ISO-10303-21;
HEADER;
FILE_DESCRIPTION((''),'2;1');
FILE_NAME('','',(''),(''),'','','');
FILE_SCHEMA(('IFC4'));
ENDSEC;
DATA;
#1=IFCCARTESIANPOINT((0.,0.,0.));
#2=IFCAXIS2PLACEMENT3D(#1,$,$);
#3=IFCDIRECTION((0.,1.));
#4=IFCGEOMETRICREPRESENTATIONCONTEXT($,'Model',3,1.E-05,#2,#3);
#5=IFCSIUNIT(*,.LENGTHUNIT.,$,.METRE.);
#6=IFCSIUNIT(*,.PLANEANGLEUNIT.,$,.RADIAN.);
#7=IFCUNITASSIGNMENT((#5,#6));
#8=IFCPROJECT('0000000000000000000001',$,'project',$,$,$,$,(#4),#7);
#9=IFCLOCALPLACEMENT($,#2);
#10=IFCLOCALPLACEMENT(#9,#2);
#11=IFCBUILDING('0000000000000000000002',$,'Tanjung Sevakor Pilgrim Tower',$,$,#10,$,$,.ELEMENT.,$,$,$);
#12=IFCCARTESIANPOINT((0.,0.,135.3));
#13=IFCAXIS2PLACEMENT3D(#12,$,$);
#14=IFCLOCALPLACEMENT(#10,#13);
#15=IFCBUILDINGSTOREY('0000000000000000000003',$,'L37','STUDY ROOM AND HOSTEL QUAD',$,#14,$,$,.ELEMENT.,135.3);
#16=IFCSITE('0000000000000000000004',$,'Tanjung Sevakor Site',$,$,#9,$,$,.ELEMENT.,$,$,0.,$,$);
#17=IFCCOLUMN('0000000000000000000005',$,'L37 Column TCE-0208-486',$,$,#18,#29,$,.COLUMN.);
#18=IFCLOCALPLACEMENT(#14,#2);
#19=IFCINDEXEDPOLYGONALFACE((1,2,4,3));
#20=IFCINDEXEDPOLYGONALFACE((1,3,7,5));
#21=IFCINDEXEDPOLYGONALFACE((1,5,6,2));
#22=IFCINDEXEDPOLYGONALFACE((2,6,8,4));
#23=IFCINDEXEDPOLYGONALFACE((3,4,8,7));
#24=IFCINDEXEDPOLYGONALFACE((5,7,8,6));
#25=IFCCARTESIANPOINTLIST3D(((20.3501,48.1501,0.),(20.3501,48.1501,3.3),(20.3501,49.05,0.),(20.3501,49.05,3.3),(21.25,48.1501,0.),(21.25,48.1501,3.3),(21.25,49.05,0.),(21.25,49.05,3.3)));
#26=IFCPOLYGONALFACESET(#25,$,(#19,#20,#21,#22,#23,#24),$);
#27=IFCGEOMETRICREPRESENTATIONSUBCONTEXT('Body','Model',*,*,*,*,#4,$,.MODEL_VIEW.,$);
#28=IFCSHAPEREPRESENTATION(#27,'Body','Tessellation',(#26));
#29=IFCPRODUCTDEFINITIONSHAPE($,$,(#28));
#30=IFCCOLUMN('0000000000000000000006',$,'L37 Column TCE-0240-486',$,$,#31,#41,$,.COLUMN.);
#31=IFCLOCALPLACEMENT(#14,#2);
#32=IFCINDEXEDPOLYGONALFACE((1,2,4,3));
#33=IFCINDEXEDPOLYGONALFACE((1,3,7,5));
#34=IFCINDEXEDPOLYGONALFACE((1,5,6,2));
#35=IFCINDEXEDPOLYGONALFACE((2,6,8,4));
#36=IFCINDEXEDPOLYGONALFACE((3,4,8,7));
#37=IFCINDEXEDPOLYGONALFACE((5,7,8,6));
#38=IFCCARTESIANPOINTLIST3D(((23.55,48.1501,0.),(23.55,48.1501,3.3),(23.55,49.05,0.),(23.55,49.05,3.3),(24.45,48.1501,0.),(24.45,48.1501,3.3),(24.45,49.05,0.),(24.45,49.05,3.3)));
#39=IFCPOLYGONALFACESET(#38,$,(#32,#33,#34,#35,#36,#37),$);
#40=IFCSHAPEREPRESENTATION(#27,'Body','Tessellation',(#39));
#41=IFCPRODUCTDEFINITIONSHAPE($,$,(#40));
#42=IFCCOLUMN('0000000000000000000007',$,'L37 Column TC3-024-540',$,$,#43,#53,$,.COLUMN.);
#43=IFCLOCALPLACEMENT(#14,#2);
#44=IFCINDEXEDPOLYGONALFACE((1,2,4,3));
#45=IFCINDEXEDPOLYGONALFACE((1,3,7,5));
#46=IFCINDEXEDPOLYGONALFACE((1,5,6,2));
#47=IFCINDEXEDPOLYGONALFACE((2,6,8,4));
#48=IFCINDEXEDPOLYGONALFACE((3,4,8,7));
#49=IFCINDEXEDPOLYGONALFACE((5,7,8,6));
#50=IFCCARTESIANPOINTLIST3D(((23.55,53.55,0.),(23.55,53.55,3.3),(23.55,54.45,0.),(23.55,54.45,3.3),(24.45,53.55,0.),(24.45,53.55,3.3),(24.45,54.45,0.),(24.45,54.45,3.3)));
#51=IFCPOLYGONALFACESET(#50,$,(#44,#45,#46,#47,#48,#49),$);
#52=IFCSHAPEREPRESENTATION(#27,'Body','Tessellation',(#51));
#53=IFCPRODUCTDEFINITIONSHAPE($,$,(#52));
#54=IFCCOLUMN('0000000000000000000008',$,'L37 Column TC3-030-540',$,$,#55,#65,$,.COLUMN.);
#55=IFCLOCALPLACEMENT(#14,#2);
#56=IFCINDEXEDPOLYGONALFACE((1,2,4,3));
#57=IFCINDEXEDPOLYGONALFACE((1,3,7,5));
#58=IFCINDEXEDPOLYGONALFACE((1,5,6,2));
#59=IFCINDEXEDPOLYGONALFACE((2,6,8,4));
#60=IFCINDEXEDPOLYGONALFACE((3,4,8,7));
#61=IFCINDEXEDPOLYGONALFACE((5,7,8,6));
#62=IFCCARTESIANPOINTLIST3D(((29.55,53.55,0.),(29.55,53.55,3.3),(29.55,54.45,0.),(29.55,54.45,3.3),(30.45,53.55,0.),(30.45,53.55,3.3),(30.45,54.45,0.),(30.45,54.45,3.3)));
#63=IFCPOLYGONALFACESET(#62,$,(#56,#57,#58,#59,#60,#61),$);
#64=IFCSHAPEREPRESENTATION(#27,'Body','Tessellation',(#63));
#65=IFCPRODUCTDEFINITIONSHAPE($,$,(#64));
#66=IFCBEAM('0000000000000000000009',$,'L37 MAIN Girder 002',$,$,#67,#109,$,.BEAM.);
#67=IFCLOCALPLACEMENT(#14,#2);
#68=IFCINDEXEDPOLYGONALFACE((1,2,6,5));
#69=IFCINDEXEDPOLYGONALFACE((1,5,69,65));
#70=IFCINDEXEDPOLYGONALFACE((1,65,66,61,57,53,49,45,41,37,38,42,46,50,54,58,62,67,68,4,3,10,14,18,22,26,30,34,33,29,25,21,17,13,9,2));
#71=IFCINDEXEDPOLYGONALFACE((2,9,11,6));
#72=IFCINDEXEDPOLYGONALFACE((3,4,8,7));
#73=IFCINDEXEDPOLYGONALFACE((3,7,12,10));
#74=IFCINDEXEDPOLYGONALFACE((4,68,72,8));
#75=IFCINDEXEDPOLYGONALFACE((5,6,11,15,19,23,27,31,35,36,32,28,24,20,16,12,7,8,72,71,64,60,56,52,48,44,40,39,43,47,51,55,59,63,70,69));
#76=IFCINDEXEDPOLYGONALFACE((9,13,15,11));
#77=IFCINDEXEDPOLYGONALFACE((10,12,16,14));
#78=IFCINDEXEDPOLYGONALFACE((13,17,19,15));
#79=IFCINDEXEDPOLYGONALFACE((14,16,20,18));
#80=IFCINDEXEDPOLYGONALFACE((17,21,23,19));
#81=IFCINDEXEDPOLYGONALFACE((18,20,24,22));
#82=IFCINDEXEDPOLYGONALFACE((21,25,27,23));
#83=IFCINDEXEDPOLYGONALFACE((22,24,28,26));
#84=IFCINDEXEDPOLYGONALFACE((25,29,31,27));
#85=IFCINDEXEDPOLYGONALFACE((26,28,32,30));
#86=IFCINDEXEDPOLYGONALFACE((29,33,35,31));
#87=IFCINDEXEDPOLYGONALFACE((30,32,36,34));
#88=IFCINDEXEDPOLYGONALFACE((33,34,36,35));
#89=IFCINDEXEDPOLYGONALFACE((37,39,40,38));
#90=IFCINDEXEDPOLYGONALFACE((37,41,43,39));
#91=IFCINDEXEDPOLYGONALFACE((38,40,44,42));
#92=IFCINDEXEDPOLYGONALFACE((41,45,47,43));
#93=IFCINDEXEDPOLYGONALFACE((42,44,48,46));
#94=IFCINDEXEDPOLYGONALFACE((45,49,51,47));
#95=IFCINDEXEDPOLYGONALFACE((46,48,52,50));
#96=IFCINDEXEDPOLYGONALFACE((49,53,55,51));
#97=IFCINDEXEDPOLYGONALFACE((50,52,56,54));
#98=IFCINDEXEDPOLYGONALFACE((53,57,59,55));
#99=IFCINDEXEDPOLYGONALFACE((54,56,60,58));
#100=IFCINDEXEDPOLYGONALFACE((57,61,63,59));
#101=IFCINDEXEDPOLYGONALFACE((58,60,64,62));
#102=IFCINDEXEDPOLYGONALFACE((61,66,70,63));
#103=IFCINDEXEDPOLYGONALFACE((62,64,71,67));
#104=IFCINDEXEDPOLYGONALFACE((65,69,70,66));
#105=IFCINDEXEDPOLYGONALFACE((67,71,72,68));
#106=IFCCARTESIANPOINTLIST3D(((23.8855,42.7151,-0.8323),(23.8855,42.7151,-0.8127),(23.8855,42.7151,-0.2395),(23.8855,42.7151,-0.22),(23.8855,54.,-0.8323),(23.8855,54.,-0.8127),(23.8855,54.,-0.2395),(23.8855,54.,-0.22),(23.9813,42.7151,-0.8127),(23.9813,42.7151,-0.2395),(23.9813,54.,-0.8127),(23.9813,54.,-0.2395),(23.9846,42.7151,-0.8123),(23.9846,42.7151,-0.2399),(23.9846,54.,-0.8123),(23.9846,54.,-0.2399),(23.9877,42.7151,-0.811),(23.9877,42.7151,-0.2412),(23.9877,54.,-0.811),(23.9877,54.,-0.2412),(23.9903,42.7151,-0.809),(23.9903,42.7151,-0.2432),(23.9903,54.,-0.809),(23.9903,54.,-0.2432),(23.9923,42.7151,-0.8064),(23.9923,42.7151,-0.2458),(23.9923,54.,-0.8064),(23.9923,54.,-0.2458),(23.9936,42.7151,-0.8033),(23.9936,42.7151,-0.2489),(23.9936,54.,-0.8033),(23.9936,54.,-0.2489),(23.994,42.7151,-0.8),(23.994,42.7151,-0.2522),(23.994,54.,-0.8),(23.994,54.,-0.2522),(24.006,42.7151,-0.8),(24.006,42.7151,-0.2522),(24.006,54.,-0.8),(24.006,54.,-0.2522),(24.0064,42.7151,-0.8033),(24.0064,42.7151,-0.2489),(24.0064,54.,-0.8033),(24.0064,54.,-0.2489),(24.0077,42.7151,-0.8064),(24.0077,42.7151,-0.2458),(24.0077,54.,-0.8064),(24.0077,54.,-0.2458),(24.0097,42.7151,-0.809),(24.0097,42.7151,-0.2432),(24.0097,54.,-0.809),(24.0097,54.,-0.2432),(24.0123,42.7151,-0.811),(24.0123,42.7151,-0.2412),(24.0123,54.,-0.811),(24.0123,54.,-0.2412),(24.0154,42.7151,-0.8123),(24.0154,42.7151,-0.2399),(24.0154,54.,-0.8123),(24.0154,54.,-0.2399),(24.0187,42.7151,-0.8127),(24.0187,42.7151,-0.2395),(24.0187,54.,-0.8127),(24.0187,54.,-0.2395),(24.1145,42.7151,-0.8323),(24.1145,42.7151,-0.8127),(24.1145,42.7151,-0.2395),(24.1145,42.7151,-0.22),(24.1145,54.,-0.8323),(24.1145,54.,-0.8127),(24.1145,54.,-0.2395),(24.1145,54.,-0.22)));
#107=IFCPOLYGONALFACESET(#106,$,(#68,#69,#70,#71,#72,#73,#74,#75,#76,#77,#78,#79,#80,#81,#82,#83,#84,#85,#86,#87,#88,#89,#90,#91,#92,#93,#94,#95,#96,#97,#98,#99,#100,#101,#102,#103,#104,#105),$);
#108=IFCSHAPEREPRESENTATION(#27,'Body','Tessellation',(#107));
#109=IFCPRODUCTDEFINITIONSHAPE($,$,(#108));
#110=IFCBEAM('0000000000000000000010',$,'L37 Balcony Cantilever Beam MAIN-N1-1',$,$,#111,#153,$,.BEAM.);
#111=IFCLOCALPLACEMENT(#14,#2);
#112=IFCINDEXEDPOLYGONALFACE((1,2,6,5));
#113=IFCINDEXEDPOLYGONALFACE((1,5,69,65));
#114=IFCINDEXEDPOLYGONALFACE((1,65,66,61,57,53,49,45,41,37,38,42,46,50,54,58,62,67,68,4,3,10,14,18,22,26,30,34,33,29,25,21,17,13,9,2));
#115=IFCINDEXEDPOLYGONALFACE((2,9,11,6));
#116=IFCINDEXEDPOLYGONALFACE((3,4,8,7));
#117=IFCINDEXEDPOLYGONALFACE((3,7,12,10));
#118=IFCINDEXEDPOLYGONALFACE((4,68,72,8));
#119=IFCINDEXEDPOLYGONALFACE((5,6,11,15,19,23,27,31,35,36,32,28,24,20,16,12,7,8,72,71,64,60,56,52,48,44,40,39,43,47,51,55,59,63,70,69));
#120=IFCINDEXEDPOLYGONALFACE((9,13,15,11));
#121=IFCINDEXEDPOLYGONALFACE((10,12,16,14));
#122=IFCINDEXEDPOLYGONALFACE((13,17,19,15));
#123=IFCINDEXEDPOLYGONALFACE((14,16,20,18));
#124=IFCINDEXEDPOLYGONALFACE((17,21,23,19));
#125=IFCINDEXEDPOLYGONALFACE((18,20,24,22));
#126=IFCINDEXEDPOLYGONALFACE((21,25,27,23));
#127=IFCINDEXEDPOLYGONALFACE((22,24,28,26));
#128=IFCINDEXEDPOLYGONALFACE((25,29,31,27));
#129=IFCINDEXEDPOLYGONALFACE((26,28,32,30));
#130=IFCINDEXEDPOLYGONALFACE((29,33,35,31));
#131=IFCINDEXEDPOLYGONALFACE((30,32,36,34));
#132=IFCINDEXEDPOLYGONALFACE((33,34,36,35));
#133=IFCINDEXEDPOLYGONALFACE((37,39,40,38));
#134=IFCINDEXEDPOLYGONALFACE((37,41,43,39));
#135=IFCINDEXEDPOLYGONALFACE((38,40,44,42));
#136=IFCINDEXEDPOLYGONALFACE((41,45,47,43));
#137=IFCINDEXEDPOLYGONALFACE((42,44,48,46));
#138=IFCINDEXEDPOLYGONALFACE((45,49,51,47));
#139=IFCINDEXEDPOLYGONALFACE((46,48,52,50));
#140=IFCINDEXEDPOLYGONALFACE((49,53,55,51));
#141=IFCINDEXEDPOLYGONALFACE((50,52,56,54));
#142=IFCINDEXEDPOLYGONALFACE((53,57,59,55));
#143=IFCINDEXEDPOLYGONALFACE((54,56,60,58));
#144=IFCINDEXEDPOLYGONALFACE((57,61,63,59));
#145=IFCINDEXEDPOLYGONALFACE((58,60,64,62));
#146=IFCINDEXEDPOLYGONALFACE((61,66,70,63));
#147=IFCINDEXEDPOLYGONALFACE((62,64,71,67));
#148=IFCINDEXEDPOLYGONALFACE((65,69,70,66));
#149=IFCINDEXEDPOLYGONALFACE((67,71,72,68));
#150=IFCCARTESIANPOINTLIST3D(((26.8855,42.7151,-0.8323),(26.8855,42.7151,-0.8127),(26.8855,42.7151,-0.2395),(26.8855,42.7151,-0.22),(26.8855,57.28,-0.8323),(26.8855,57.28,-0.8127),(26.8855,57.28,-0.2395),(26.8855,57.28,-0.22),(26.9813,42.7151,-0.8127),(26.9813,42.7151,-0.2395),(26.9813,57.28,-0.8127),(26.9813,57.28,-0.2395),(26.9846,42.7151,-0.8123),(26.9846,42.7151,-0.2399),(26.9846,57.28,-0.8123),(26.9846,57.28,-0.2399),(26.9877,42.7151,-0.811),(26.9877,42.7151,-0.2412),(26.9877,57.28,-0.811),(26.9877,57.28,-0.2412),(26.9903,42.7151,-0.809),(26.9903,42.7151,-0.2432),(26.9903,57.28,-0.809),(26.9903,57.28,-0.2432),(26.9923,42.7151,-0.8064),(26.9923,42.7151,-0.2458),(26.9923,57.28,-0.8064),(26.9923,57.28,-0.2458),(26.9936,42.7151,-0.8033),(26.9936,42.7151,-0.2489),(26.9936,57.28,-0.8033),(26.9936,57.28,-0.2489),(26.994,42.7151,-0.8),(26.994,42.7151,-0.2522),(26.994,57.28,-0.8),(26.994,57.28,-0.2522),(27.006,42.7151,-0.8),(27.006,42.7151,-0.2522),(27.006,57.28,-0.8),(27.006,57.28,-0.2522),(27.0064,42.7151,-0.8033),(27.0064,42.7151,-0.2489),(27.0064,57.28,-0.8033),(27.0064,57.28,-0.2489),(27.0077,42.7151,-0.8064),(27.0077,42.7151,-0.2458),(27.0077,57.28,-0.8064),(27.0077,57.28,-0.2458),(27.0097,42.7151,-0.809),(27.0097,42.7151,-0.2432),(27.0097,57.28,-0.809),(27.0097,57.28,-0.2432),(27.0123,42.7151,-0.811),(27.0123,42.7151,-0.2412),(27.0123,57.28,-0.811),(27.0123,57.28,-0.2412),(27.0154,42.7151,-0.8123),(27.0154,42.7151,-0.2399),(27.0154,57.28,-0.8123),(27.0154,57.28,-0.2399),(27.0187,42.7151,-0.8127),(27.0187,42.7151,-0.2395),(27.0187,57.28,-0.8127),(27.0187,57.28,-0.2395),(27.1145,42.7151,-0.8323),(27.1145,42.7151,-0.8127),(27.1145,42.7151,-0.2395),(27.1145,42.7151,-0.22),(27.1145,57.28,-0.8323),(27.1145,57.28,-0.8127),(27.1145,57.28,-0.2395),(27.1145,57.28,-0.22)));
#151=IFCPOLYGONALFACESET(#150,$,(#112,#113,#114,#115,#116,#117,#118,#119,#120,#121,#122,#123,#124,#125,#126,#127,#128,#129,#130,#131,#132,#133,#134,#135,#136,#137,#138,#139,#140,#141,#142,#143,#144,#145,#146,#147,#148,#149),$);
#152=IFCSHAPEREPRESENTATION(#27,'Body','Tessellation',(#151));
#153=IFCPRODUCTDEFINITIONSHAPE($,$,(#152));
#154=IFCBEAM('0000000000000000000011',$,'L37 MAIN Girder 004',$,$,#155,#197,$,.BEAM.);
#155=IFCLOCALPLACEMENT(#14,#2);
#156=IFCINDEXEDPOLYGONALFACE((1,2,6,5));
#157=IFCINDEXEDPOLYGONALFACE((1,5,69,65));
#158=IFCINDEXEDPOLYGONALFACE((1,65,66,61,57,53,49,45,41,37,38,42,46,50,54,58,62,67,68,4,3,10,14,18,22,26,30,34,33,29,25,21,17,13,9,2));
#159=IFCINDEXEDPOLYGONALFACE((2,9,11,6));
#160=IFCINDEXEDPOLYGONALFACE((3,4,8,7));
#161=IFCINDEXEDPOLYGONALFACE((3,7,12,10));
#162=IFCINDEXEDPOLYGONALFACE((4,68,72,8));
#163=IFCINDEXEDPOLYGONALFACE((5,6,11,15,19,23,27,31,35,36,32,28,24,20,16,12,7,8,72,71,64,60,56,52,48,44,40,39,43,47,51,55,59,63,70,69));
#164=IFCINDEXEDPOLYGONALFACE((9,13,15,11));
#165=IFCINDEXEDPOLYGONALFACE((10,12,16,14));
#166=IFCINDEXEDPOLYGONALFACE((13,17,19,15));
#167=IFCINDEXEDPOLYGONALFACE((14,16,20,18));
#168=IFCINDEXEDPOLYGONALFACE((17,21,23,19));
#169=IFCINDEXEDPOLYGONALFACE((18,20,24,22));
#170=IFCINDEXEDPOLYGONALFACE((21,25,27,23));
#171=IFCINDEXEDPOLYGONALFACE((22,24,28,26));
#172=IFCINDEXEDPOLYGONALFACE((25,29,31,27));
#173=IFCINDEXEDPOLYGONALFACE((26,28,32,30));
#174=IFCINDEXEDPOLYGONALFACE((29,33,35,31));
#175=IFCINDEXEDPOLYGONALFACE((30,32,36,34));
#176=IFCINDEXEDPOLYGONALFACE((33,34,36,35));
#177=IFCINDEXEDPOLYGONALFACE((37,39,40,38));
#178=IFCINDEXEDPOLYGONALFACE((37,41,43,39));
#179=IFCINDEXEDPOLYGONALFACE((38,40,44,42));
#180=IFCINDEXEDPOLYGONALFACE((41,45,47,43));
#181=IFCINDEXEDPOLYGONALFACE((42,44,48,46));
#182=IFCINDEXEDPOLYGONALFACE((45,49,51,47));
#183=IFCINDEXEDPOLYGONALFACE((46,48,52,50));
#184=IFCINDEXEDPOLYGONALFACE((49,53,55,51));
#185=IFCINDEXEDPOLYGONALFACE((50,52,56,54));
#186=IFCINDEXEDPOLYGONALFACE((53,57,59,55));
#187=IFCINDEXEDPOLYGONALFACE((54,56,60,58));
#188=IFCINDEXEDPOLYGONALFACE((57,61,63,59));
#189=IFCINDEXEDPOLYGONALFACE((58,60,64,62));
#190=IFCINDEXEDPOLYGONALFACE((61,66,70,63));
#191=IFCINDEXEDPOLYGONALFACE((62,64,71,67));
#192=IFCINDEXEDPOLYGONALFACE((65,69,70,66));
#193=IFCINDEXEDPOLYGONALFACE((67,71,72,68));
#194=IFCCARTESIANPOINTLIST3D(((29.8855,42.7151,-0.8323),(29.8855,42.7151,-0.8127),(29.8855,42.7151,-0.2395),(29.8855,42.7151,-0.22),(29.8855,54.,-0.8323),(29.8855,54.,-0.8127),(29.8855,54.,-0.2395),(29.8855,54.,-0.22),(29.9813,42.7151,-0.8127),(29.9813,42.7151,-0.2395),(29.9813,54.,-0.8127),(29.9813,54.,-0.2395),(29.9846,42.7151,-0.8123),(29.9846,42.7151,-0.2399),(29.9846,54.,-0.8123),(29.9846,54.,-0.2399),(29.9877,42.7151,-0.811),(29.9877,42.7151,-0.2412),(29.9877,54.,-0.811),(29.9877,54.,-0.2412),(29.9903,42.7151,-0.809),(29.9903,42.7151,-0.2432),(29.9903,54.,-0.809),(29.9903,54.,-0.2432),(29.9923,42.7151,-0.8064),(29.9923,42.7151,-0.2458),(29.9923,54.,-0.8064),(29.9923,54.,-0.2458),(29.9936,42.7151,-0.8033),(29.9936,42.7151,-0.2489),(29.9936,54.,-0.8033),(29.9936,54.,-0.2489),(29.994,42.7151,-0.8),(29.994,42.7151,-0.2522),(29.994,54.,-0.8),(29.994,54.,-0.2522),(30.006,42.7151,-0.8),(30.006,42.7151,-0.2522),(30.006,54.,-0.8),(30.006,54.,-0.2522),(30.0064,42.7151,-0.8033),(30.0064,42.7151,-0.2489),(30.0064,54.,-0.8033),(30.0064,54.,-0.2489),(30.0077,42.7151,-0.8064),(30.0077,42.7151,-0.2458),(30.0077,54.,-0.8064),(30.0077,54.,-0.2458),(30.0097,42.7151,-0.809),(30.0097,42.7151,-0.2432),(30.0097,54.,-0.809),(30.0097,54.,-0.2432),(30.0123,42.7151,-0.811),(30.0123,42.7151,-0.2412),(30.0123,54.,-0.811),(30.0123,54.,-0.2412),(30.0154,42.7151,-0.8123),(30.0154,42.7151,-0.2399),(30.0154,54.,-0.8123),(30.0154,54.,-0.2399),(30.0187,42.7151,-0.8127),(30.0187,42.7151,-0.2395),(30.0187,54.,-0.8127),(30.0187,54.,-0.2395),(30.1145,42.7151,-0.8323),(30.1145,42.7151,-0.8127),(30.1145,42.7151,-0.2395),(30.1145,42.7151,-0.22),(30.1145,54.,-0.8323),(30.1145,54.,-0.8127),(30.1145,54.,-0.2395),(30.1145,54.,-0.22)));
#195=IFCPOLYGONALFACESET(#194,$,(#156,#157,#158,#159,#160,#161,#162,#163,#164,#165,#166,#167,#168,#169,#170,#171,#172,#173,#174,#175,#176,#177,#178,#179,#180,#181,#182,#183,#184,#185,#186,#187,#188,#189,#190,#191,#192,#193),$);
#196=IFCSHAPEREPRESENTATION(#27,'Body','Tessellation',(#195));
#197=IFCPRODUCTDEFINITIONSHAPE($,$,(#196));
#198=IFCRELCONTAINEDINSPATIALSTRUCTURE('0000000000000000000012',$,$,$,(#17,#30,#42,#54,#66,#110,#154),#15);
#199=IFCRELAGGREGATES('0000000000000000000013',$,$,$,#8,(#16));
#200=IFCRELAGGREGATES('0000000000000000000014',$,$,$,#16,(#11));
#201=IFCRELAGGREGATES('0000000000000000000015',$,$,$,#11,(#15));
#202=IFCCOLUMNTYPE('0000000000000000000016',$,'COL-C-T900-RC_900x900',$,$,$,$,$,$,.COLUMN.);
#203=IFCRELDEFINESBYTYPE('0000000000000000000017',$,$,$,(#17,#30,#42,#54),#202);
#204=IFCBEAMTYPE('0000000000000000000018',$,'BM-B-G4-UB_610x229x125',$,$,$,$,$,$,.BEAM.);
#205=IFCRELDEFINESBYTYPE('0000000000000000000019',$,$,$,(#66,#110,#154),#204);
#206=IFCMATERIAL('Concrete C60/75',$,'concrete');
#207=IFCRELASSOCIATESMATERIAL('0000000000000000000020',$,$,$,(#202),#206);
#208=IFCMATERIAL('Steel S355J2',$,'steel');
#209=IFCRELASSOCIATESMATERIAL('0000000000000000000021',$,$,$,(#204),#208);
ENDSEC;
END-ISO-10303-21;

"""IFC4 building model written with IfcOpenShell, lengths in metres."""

from ifc_helpers import new_model, si_unit, direction, frame, origin, origin_2d, place, context, subcontext, project, spatial, rectangle, i_section, extrude, material, material_profile, profile_set, type_object, element, save


model = new_model("IFC4")

# Units and contexts
model_context = context("Model", 3, precision=1e-05, world=origin(), true_north=direction((0.0, 1.0)))
body_context = subcontext(model_context, "Body", "Model", "MODEL_VIEW")
ifc_project = project(units=[si_unit("LENGTHUNIT", "METRE"), si_unit("PLANEANGLEUNIT", "RADIAN")], contexts=[model_context])

# Site, building, storey
site_placement = place(None, origin())
site = spatial("IfcSite", under=ifc_project, at=site_placement, Name="Tanjung Sevakor Site", CompositionType="ELEMENT", RefElevation=0.0)
building_placement = place(site_placement, origin())
building = spatial("IfcBuilding", under=site, at=building_placement, Name="Tanjung Sevakor Pilgrim Tower", CompositionType="ELEMENT")
storey_placement = place(building_placement, frame((0.0, 0.0, 135.3)))
storey = spatial("IfcBuildingStorey", under=building, at=storey_placement, Name="L37", Description="STUDY ROOM AND HOSTEL QUAD", CompositionType="ELEMENT", Elevation=135.3)

# Columns
ifc_material_1 = material(Name="Concrete C60/75", Category="concrete")
ifc_material_profile_1 = material_profile(ifc_material_1, rectangle(XDim=0.8999, YDim=0.8999, at=origin_2d()))
ifc_profile_set_1 = profile_set([ifc_material_profile_1], Name="Concrete C60/75")
column_type = type_object("IfcColumnType", Name="COL-C-T900-RC_900x900", PredefinedType="COLUMN", material=ifc_profile_set_1)
for number, where, z_axis, x_axis, name in (
    (1, (20.8, 48.6001, 0.0), (0.0, 0.0, 1.0), (1.0, 0.0, 0.0), "L37 Column TCE-0208-486"),
    (2, (24.0, 48.6001, 0.0), (0.0, 0.0, 1.0), (1.0, 0.0, 0.0), "L37 Column TCE-0240-486"),
    (3, (24.0, 54.0, 0.0), (0.0, 0.0, 1.0), (1.0, 0.0, 0.0), "L37 Column TC3-024-540"),
    (4, (30.0, 54.0, 0.0), (0.0, 0.0, 1.0), (1.0, 0.0, 0.0), "L37 Column TC3-030-540"),
):
    element("IfcColumn", number, at=place(storey_placement, frame(where, z_axis=z_axis, x_axis=x_axis)), inside=storey, type_object=column_type, Name=name, PredefinedType="COLUMN", context=body_context, shape_type="SweptSolid", body=[
        extrude(rectangle(XDim=0.8999, YDim=0.8999, at=origin_2d()), origin(), (0.0, 0.0, 1.0), 3.3),
    ])

# Beams
ifc_material_2 = material(Name="Steel S355J2", Category="steel")
ifc_material_profile_2 = material_profile(ifc_material_2, i_section(OverallWidth=0.229, OverallDepth=0.6123, WebThickness=0.012, FlangeThickness=0.0195, FilletRadius=0.0127, at=origin_2d()))
ifc_profile_set_2 = profile_set([ifc_material_profile_2], Name="Steel S355J2")
beam_type_1 = type_object("IfcBeamType", Name="BM-B-G4-UB_610x229x125", PredefinedType="BEAM", material=ifc_profile_set_2)
beam_1_placement = place(storey_placement, frame((24.0, 42.7151, -0.5261), z_axis=(0.0, 1.0, 0.0), x_axis=(-1.0, 0.0, 0.0)))
element("IfcBeam", 5, at=beam_1_placement, inside=storey, type_object=beam_type_1, Name="L37 MAIN Girder 002", PredefinedType="BEAM", context=body_context, shape_type="SweptSolid", body=[
    extrude(i_section(OverallWidth=0.229, OverallDepth=0.6123, WebThickness=0.012, FlangeThickness=0.0195, FilletRadius=0.0127, at=origin_2d()), origin(), (0.0, 0.0, 1.0), 11.2849),
])
beam_2_placement = place(storey_placement, frame((27.0, 42.7151, -0.5261), z_axis=(0.0, 1.0, 0.0), x_axis=(-1.0, 0.0, 0.0)))
element("IfcBeam", 6, at=beam_2_placement, inside=storey, type_object=beam_type_1, Name="L37 Balcony Cantilever Beam MAIN-N1-1", PredefinedType="BEAM", context=body_context, shape_type="SweptSolid", body=[
    extrude(i_section(OverallWidth=0.229, OverallDepth=0.6123, WebThickness=0.012, FlangeThickness=0.0195, FilletRadius=0.0127, at=origin_2d()), origin(), (0.0, 0.0, 1.0), 14.5649),
])
beam_3_placement = place(storey_placement, frame((30.0, 42.7151, -0.5261), z_axis=(0.0, 1.0, 0.0), x_axis=(-1.0, 0.0, 0.0)))
element("IfcBeam", 7, at=beam_3_placement, inside=storey, type_object=beam_type_1, Name="L37 MAIN Girder 004", PredefinedType="BEAM", context=body_context, shape_type="SweptSolid", body=[
    extrude(i_section(OverallWidth=0.229, OverallDepth=0.6123, WebThickness=0.012, FlangeThickness=0.0195, FilletRadius=0.0127, at=origin_2d()), origin(), (0.0, 0.0, 1.0), 11.2849),
])

save(model, "model.ifc")
